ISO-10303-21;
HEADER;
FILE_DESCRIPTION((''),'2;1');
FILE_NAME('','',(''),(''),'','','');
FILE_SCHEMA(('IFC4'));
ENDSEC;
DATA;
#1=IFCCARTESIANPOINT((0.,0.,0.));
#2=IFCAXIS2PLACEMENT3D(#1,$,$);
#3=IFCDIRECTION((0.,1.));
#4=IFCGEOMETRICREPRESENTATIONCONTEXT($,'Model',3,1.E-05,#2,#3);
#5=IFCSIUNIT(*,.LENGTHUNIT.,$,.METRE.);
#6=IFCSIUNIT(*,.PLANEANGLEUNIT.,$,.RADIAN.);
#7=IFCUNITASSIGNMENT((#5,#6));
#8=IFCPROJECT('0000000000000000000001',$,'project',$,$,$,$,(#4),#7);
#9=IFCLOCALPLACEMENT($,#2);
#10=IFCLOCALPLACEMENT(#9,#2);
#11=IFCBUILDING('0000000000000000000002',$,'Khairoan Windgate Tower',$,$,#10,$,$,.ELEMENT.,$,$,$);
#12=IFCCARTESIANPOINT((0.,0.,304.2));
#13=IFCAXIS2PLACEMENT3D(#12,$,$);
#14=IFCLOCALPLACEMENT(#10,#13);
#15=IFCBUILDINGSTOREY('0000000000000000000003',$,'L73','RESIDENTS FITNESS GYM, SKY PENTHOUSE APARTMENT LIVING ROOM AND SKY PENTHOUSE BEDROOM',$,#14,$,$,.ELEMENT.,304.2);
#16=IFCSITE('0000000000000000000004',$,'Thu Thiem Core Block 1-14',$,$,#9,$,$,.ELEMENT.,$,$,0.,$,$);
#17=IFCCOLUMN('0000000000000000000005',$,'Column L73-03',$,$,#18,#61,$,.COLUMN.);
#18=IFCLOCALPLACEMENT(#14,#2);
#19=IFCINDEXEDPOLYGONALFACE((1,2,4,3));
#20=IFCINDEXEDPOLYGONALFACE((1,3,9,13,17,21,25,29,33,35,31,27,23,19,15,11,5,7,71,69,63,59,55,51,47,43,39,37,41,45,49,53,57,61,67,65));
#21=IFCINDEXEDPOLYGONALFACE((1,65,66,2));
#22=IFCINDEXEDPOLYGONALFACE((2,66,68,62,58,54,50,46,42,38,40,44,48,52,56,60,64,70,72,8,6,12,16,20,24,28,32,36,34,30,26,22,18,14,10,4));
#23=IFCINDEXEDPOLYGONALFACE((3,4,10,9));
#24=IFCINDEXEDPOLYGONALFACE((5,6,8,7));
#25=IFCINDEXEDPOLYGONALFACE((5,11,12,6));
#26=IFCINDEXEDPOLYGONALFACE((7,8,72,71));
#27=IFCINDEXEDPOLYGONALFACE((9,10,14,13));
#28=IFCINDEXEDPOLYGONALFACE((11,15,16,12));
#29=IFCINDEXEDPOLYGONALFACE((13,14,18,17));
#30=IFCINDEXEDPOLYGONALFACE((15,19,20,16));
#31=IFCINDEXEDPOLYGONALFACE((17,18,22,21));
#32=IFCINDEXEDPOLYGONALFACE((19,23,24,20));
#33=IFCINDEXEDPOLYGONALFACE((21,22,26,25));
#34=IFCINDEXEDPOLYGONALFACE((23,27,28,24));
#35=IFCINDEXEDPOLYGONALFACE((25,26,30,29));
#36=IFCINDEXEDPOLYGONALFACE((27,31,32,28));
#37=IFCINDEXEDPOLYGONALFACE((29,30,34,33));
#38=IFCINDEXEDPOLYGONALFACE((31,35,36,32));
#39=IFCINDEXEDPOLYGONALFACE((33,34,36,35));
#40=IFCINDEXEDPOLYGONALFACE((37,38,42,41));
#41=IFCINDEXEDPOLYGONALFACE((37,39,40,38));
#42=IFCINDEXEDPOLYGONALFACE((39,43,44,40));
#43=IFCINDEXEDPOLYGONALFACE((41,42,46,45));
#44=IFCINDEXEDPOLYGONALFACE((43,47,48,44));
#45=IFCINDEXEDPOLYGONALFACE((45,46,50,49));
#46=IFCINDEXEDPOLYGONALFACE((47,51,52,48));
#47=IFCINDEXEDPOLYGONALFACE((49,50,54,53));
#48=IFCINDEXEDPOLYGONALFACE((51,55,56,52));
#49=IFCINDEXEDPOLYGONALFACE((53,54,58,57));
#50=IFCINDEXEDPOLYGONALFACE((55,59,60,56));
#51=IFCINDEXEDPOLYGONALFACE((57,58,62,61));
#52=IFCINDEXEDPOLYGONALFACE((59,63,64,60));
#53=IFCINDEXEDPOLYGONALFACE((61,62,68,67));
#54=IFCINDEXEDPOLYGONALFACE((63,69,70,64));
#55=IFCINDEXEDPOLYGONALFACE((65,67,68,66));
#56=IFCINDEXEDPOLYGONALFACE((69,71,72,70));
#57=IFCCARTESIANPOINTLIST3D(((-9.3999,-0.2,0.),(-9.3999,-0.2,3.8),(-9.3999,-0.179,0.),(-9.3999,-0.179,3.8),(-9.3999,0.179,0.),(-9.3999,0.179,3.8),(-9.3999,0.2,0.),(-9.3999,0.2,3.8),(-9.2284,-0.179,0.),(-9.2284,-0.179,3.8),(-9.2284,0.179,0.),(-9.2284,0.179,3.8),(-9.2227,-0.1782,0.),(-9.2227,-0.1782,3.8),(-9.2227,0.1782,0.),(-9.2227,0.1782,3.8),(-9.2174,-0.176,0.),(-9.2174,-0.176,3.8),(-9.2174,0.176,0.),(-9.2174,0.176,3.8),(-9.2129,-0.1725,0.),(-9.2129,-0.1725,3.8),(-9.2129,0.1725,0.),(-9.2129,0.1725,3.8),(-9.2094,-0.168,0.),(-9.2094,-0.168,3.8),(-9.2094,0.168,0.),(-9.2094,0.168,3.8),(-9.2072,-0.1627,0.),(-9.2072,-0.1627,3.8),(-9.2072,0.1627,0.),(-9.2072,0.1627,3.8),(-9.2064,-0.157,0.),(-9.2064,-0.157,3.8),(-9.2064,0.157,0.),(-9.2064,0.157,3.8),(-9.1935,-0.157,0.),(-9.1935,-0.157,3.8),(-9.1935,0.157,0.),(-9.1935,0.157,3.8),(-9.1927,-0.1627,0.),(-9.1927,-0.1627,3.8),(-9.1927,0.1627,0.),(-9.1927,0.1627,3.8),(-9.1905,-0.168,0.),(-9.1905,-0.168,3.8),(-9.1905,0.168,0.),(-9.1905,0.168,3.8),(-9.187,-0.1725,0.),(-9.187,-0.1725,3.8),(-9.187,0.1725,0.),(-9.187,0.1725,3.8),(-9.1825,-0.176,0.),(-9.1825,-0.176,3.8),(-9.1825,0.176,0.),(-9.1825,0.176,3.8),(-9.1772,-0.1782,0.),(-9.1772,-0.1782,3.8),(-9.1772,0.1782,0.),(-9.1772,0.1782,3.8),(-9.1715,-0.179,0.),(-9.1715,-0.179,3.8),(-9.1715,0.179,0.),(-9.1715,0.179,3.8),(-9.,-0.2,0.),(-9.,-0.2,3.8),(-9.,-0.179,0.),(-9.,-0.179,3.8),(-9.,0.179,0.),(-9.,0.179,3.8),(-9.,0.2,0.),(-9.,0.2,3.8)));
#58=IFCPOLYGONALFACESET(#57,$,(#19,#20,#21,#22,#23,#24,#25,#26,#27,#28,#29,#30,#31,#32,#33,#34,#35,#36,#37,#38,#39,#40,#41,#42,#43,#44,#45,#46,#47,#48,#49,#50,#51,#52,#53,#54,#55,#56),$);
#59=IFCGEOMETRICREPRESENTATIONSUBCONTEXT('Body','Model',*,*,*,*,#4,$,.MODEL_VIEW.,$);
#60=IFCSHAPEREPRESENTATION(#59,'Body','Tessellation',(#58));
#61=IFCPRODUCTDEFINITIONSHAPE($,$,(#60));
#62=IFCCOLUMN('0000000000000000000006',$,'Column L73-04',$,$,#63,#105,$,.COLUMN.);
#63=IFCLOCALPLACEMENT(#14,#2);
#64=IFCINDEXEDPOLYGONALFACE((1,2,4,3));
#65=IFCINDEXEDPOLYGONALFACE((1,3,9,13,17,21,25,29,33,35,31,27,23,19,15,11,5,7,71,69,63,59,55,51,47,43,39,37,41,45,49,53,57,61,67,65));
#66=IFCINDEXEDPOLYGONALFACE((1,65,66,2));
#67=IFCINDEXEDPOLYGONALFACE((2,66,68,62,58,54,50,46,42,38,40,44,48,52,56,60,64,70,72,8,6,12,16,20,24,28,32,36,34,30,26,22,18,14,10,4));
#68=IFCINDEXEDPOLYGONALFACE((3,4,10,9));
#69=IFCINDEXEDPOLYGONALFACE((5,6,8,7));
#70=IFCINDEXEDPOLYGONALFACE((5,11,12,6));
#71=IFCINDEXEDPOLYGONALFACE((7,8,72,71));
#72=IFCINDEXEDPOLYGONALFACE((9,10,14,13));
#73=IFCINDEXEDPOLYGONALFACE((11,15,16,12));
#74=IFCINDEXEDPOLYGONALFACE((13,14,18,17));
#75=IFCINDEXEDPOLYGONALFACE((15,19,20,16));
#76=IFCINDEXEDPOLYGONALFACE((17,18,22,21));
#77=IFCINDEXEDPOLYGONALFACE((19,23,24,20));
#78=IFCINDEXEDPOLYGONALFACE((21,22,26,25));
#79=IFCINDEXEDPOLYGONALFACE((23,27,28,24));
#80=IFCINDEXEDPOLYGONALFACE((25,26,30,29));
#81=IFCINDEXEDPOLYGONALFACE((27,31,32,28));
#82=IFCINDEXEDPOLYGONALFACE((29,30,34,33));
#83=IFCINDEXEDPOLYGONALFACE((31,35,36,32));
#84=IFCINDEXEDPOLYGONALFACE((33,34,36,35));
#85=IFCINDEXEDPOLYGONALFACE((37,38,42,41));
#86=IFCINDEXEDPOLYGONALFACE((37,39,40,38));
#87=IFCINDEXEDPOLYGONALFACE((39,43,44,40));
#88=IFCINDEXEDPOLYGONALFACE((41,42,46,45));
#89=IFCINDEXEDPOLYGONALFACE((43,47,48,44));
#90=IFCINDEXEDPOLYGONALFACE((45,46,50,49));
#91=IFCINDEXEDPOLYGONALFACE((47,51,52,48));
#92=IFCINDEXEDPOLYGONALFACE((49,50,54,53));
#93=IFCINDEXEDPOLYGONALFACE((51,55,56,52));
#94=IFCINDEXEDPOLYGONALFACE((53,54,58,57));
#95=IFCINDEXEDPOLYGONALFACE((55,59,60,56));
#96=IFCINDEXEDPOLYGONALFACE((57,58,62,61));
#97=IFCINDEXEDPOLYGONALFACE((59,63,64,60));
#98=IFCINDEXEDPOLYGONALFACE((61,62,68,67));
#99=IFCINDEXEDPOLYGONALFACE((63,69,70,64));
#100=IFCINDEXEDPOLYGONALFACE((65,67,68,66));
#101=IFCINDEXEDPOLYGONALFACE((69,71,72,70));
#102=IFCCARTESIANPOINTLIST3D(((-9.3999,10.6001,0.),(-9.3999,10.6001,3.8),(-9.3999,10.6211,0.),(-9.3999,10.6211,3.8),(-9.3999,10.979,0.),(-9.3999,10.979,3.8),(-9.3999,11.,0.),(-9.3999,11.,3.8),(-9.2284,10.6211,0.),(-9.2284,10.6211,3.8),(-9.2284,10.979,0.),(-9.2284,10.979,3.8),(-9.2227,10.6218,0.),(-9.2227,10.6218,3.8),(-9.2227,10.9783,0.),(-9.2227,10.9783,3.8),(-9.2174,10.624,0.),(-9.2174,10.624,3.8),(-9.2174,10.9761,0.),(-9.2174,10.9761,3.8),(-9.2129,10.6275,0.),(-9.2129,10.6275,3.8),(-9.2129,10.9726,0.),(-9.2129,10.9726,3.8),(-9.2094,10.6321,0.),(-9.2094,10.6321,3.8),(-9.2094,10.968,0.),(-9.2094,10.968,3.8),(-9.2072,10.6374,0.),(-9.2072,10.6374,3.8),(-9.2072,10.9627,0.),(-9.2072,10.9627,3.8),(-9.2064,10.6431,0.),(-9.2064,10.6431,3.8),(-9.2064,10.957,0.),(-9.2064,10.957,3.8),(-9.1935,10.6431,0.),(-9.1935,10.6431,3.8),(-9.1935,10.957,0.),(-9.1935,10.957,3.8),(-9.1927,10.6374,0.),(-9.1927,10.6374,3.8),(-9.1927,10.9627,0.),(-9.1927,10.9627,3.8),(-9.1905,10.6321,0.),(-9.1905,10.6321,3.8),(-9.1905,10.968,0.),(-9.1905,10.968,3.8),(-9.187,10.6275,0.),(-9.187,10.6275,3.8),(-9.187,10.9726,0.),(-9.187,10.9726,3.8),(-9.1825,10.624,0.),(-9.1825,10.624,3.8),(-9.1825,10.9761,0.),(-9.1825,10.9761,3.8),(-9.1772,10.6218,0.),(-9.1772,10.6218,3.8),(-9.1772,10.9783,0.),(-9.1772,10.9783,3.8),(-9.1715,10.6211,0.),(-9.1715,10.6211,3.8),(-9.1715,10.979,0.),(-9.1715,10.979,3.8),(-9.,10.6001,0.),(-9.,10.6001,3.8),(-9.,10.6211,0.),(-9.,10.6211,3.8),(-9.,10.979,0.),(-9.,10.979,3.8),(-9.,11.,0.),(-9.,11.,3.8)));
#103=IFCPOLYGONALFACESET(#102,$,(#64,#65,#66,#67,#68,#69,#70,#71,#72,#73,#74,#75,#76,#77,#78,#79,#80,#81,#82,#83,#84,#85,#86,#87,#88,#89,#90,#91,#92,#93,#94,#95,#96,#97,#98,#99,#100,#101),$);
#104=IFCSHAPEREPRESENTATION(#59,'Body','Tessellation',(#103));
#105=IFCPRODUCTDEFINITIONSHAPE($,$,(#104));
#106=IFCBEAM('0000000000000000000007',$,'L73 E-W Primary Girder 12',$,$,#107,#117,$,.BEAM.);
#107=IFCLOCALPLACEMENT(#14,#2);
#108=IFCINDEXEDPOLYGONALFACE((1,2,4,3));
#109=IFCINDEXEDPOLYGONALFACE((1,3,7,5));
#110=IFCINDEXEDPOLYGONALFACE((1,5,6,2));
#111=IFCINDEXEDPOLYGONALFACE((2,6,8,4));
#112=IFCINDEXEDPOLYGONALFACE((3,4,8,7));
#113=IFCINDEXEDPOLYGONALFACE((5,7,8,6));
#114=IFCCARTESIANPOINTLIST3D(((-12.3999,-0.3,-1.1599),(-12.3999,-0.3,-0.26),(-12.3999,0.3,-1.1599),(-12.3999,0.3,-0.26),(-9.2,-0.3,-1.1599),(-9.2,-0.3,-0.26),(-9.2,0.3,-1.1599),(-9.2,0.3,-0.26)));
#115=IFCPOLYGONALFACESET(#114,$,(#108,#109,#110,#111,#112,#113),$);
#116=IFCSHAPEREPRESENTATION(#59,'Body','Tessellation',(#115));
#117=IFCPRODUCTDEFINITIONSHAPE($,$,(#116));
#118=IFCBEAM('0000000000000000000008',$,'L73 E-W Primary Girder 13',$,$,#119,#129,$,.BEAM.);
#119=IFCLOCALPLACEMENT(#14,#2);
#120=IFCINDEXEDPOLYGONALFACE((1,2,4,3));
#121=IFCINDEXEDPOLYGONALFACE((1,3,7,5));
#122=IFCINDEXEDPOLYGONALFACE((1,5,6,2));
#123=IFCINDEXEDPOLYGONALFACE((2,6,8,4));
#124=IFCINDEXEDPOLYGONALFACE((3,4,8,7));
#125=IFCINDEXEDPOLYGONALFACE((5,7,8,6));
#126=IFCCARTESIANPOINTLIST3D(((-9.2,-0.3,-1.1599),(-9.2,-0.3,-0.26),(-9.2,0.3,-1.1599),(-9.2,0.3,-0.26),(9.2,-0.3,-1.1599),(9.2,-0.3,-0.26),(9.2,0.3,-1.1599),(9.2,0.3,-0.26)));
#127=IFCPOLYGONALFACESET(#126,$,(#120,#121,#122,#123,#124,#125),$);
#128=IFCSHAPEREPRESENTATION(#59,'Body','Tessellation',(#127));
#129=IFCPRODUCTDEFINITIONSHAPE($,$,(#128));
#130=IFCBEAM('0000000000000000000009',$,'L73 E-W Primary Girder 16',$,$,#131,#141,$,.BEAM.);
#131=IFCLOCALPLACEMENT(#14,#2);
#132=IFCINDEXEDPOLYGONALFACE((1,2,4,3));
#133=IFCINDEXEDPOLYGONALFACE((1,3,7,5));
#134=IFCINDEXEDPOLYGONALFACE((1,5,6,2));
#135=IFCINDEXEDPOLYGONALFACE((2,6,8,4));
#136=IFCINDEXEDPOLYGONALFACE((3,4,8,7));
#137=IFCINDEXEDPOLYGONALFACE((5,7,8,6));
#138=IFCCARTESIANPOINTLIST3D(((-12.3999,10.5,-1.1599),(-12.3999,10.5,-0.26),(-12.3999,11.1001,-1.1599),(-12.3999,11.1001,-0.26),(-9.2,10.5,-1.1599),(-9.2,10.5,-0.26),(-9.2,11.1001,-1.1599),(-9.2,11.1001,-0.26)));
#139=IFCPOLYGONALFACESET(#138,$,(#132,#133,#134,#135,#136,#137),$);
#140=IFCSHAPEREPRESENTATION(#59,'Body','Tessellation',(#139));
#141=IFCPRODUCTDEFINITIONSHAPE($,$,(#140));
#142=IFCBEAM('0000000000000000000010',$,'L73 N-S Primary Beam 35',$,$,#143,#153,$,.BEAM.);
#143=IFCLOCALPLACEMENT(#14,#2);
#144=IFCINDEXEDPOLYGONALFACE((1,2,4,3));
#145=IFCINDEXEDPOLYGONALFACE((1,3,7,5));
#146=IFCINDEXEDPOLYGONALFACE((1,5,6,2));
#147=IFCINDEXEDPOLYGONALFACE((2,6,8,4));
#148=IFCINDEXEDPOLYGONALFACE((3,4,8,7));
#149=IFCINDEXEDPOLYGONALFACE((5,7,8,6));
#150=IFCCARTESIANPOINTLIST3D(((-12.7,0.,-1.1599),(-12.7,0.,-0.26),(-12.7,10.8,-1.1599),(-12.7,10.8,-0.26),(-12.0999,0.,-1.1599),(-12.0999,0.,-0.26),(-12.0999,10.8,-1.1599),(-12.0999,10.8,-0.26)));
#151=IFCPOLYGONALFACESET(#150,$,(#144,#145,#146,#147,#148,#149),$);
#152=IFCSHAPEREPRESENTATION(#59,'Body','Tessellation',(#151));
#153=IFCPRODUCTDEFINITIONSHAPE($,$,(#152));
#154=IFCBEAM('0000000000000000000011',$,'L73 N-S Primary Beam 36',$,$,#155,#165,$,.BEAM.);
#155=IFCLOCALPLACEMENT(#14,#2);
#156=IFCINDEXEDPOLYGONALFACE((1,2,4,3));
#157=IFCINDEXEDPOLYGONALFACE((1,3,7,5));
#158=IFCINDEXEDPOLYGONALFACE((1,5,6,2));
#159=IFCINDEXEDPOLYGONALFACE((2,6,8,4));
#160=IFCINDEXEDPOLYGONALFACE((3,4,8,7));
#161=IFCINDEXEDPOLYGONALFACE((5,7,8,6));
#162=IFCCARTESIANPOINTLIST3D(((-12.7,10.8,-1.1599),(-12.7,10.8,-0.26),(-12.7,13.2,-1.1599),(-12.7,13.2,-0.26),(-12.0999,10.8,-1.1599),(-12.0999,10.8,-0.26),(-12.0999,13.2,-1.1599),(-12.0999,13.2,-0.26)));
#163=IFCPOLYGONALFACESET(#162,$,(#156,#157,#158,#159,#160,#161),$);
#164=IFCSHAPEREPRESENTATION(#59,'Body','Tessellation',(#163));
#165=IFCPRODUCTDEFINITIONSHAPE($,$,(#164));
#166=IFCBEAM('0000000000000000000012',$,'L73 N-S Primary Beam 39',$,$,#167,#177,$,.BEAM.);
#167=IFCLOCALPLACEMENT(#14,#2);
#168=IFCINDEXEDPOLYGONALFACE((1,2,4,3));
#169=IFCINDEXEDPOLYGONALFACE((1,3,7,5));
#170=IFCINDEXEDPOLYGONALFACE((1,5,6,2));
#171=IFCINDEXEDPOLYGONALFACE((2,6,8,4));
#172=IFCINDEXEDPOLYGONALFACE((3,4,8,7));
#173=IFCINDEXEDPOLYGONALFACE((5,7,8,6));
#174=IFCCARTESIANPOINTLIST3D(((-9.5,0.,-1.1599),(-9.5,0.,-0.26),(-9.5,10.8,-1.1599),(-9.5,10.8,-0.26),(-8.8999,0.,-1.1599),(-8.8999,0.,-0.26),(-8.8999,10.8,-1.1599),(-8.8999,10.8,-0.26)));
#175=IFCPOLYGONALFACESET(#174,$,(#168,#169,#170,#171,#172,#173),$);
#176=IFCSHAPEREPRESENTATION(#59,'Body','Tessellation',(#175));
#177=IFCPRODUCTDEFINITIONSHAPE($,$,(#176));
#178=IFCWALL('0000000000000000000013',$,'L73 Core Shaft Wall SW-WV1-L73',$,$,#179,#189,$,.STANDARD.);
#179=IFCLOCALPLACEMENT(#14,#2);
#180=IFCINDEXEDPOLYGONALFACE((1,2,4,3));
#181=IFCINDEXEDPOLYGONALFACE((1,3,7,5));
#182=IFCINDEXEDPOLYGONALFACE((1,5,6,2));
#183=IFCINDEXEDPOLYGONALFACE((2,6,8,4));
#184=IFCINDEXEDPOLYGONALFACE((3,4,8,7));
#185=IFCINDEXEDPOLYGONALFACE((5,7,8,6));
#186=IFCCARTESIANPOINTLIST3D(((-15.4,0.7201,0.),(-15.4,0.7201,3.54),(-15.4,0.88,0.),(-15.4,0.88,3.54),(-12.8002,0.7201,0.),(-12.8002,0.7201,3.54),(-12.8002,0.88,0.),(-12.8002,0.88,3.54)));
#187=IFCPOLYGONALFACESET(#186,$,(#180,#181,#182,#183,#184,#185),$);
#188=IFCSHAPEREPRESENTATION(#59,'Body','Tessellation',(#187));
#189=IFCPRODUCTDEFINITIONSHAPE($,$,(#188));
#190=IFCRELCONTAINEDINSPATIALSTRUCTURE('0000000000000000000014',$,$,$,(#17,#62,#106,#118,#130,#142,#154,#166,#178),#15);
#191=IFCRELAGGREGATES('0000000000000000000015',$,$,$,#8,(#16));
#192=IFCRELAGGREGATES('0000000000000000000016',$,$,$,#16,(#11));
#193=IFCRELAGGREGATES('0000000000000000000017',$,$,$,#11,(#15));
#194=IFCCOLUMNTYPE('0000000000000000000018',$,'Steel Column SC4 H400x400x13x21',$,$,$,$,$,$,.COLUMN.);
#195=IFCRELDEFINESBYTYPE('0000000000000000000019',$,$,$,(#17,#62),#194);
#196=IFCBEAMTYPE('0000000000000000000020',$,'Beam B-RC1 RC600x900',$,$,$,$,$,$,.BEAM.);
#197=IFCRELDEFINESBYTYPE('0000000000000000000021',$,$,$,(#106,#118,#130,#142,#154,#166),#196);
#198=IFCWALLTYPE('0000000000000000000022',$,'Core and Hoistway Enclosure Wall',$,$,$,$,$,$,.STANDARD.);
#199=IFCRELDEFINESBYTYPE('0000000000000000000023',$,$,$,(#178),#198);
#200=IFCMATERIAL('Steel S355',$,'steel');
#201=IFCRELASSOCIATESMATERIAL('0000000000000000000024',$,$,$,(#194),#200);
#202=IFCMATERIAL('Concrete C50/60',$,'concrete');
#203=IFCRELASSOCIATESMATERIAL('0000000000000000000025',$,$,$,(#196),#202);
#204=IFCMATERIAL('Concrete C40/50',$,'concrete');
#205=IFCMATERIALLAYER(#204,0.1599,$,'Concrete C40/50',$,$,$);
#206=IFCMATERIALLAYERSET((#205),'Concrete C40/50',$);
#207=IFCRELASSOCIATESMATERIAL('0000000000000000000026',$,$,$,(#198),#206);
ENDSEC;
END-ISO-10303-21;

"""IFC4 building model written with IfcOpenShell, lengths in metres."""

from ifc_helpers import new_model, si_unit, direction, frame, frame_2d, origin, origin_2d, place, context, subcontext, project, spatial, rectangle, i_section, extrude, material, layer, layer_set, material_profile, profile_set, type_object, element, save


model = new_model("IFC4")

# Units and contexts
model_context = context("Model", 3, precision=1e-05, world=origin(), true_north=direction((0.0, 1.0)))
body_context = subcontext(model_context, "Body", "Model", "MODEL_VIEW")
ifc_project = project(units=[si_unit("LENGTHUNIT", "METRE"), si_unit("PLANEANGLEUNIT", "RADIAN")], contexts=[model_context])

# Site, building, storey
site_placement = place(None, origin())
site = spatial("IfcSite", under=ifc_project, at=site_placement, Name="Thu Thiem Core Block 1-14", CompositionType="ELEMENT", RefElevation=0.0)
building_placement = place(site_placement, origin())
building = spatial("IfcBuilding", under=site, at=building_placement, Name="Khairoan Windgate Tower", CompositionType="ELEMENT")
storey_placement = place(building_placement, frame((0.0, 0.0, 304.2)))
storey = spatial("IfcBuildingStorey", under=building, at=storey_placement, Name="L73", Description="RESIDENTS FITNESS GYM, SKY PENTHOUSE APARTMENT LIVING ROOM AND SKY PENTHOUSE BEDROOM", CompositionType="ELEMENT", Elevation=304.2)

# Columns
ifc_material_1 = material(Name="Steel S355", Category="steel")
ifc_material_profile_1 = material_profile(ifc_material_1, i_section(OverallWidth=0.3999, OverallDepth=0.3999, WebThickness=0.0129, FlangeThickness=0.021, FilletRadius=0.022, at=origin_2d()))
ifc_profile_set_1 = profile_set([ifc_material_profile_1], Name="Steel S355")
column_type = type_object("IfcColumnType", Name="Steel Column SC4 H400x400x13x21", PredefinedType="COLUMN", material=ifc_profile_set_1)
for number, where, z_axis, x_axis, name in (
    (1, (-9.2, 0.0, 0.0), (0.0, 0.0, 1.0), (1.0, 0.0, 0.0), "Column L73-03"),
    (2, (-9.2, 10.8, 0.0), (0.0, 0.0, 1.0), (1.0, 0.0, 0.0), "Column L73-04"),
):
    element("IfcColumn", number, at=place(storey_placement, frame(where, z_axis=z_axis, x_axis=x_axis)), inside=storey, type_object=column_type, Name=name, PredefinedType="COLUMN", context=body_context, shape_type="SweptSolid", body=[
        extrude(i_section(OverallWidth=0.3999, OverallDepth=0.3999, WebThickness=0.0129, FlangeThickness=0.021, FilletRadius=0.022, at=origin_2d()), origin(), (0.0, 0.0, 1.0), 3.8),
    ])

# Beams
ifc_material_2 = material(Name="Concrete C50/60", Category="concrete")
ifc_material_profile_2 = material_profile(ifc_material_2, rectangle(XDim=0.6001, YDim=0.8999, at=origin_2d()))
ifc_profile_set_2 = profile_set([ifc_material_profile_2], Name="Concrete C50/60")
beam_type = type_object("IfcBeamType", Name="Beam B-RC1 RC600x900", PredefinedType="BEAM", material=ifc_profile_set_2)
beam_1_placement = place(storey_placement, frame((-12.3999, 0.0, -0.71), z_axis=(1.0, 0.0, 0.0), x_axis=(0.0, 1.0, 0.0)))
element("IfcBeam", 3, at=beam_1_placement, inside=storey, type_object=beam_type, Name="L73 E-W Primary Girder 12", PredefinedType="BEAM", context=body_context, shape_type="SweptSolid", body=[
    extrude(rectangle(XDim=0.6001, YDim=0.8999, at=origin_2d()), origin(), (0.0, 0.0, 1.0), 3.2),
])
beam_2_placement = place(storey_placement, frame((-9.2, 0.0, -0.71), z_axis=(1.0, 0.0, 0.0), x_axis=(0.0, 1.0, 0.0)))
element("IfcBeam", 4, at=beam_2_placement, inside=storey, type_object=beam_type, Name="L73 E-W Primary Girder 13", PredefinedType="BEAM", context=body_context, shape_type="SweptSolid", body=[
    extrude(rectangle(XDim=0.6001, YDim=0.8999, at=origin_2d()), origin(), (0.0, 0.0, 1.0), 18.3999),
])
beam_3_placement = place(storey_placement, frame((-12.3999, 10.8, -0.71), z_axis=(1.0, 0.0, 0.0), x_axis=(0.0, 1.0, 0.0)))
element("IfcBeam", 5, at=beam_3_placement, inside=storey, type_object=beam_type, Name="L73 E-W Primary Girder 16", PredefinedType="BEAM", context=body_context, shape_type="SweptSolid", body=[
    extrude(rectangle(XDim=0.6001, YDim=0.8999, at=origin_2d()), origin(), (0.0, 0.0, 1.0), 3.2),
])
beam_4_placement = place(storey_placement, frame((-12.3999, 0.0, -0.71), z_axis=(0.0, 1.0, 0.0), x_axis=(-1.0, 0.0, 0.0)))
element("IfcBeam", 6, at=beam_4_placement, inside=storey, type_object=beam_type, Name="L73 N-S Primary Beam 35", PredefinedType="BEAM", context=body_context, shape_type="SweptSolid", body=[
    extrude(rectangle(XDim=0.6001, YDim=0.8999, at=origin_2d()), origin(), (0.0, 0.0, 1.0), 10.8),
])
beam_5_placement = place(storey_placement, frame((-12.3999, 10.8, -0.71), z_axis=(0.0, 1.0, 0.0), x_axis=(-1.0, 0.0, 0.0)))
element("IfcBeam", 7, at=beam_5_placement, inside=storey, type_object=beam_type, Name="L73 N-S Primary Beam 36", PredefinedType="BEAM", context=body_context, shape_type="SweptSolid", body=[
    extrude(rectangle(XDim=0.6001, YDim=0.8999, at=origin_2d()), origin(), (0.0, 0.0, 1.0), 2.3999),
])
beam_6_placement = place(storey_placement, frame((-9.2, 0.0, -0.71), z_axis=(0.0, 1.0, 0.0), x_axis=(-1.0, 0.0, 0.0)))
element("IfcBeam", 8, at=beam_6_placement, inside=storey, type_object=beam_type, Name="L73 N-S Primary Beam 39", PredefinedType="BEAM", context=body_context, shape_type="SweptSolid", body=[
    extrude(rectangle(XDim=0.6001, YDim=0.8999, at=origin_2d()), origin(), (0.0, 0.0, 1.0), 10.8),
])

# Wall
ifc_material_3 = material(Name="Concrete C40/50", Category="concrete")
ifc_layer_1 = layer(ifc_material_3, 0.1599, Name="Concrete C40/50")
ifc_layer_set_1 = layer_set([ifc_layer_1], Name="Concrete C40/50")
wall_type_1 = type_object("IfcWallType", Name="Core and Hoistway Enclosure Wall", PredefinedType="STANDARD", material=ifc_layer_set_1)
wall_1_placement = place(storey_placement, frame((-15.3999, 0.8, 0.0), z_axis=(0.0, 0.0, 1.0), x_axis=(1.0, 0.0, 0.0)))
element("IfcWall", 9, at=wall_1_placement, inside=storey, type_object=wall_type_1, Name="L73 Core Shaft Wall SW-WV1-L73", PredefinedType="STANDARD", context=body_context, shape_type="SweptSolid", body=[
    extrude(rectangle(XDim=2.5999, YDim=0.1599, at=frame_2d((1.2998, 0.0))), origin(), (0.0, 0.0, 1.0), 3.54),
])

save(model, "model.ifc")
